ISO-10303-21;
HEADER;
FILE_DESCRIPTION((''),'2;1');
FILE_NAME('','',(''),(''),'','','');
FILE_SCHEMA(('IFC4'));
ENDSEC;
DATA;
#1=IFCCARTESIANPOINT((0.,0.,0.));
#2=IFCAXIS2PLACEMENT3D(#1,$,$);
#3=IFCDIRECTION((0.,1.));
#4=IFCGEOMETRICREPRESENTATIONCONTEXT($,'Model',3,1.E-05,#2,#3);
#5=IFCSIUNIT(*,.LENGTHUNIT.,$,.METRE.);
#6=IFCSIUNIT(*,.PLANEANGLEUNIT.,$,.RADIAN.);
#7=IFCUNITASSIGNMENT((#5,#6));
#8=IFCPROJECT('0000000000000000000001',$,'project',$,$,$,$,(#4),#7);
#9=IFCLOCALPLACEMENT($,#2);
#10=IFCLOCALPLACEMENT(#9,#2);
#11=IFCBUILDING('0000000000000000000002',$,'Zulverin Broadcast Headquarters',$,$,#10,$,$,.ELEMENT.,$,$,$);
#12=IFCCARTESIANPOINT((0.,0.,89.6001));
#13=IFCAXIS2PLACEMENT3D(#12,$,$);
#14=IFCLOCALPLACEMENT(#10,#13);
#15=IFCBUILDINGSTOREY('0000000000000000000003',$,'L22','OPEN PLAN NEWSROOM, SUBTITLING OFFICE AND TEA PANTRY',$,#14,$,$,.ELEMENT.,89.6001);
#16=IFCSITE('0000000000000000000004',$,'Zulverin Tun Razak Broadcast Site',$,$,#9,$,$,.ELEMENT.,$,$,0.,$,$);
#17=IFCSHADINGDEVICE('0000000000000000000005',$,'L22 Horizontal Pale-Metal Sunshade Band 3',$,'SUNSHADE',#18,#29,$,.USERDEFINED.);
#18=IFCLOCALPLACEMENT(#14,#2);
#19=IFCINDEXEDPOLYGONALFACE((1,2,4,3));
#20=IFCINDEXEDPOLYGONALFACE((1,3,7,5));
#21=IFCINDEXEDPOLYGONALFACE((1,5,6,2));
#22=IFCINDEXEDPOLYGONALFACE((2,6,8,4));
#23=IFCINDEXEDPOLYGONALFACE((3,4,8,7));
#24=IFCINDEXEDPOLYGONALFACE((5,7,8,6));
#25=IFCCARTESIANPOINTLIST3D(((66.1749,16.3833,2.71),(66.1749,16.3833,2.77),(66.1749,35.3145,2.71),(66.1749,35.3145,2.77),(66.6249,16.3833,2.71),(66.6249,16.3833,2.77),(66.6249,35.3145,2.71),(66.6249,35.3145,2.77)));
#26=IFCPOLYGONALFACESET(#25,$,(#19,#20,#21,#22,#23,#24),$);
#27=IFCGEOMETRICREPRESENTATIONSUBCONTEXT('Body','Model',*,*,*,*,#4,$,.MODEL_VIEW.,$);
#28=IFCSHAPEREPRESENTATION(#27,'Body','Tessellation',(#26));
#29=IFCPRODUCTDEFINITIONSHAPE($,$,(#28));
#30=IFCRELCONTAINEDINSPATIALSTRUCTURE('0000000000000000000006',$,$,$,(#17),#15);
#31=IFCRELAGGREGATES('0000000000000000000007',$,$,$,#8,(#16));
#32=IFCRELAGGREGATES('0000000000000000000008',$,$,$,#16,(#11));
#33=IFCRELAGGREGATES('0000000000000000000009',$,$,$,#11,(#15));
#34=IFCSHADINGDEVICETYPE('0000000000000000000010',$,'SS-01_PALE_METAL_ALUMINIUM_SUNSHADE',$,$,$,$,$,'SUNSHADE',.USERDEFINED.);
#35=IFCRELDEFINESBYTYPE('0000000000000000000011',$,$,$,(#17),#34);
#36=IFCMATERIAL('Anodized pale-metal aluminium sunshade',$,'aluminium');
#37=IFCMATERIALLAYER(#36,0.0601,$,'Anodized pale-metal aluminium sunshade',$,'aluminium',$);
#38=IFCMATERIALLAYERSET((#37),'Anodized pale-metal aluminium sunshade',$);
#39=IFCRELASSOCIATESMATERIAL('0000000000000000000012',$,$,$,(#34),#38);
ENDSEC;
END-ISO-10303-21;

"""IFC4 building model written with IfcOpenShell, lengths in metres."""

from ifc_helpers import new_model, si_unit, direction, frame, origin, origin_2d, place, context, subcontext, project, spatial, rectangle, extrude, material, layer, layer_set, type_object, element, save


model = new_model("IFC4")

# Units and contexts
model_context = context("Model", 3, precision=1e-05, world=origin(), true_north=direction((0.0, 1.0)))
body_context = subcontext(model_context, "Body", "Model", "MODEL_VIEW")
ifc_project = project(units=[si_unit("LENGTHUNIT", "METRE"), si_unit("PLANEANGLEUNIT", "RADIAN")], contexts=[model_context])

# Site, building, storey
site_placement = place(None, origin())
site = spatial("IfcSite", under=ifc_project, at=site_placement, Name="Zulverin Tun Razak Broadcast Site", CompositionType="ELEMENT", RefElevation=0.0)
building_placement = place(site_placement, origin())
building = spatial("IfcBuilding", under=site, at=building_placement, Name="Zulverin Broadcast Headquarters", CompositionType="ELEMENT")
storey_placement = place(building_placement, frame((0.0, 0.0, 89.6001)))
storey = spatial("IfcBuildingStorey", under=building, at=storey_placement, Name="L22", Description="OPEN PLAN NEWSROOM, SUBTITLING OFFICE AND TEA PANTRY", CompositionType="ELEMENT", Elevation=89.6001)

# Shading device
ifc_material_1 = material(Name="Anodized pale-metal aluminium sunshade", Category="aluminium")
ifc_layer_1 = layer(ifc_material_1, 0.0601, Name="Anodized pale-metal aluminium sunshade", Category="aluminium")
ifc_layer_set_1 = layer_set([ifc_layer_1], Name="Anodized pale-metal aluminium sunshade")
shading_device_type = type_object("IfcShadingDeviceType", Name="SS-01_PALE_METAL_ALUMINIUM_SUNSHADE", ElementType="SUNSHADE", PredefinedType="USERDEFINED", material=ifc_layer_set_1)
shading_device_placement = place(storey_placement, frame((66.3999, 25.8489, 2.71), z_axis=(0.0, 0.0, 1.0), x_axis=(0.0, 1.0, 0.0)))
element("IfcShadingDevice", 1, at=shading_device_placement, inside=storey, type_object=shading_device_type, Name="L22 Horizontal Pale-Metal Sunshade Band 3", ObjectType="SUNSHADE", PredefinedType="USERDEFINED", context=body_context, shape_type="SweptSolid", body=[
    extrude(rectangle(XDim=18.9312, YDim=0.45, at=origin_2d()), origin(), (0.0, 0.0, 1.0), 0.0601),
])

save(model, "model.ifc")
